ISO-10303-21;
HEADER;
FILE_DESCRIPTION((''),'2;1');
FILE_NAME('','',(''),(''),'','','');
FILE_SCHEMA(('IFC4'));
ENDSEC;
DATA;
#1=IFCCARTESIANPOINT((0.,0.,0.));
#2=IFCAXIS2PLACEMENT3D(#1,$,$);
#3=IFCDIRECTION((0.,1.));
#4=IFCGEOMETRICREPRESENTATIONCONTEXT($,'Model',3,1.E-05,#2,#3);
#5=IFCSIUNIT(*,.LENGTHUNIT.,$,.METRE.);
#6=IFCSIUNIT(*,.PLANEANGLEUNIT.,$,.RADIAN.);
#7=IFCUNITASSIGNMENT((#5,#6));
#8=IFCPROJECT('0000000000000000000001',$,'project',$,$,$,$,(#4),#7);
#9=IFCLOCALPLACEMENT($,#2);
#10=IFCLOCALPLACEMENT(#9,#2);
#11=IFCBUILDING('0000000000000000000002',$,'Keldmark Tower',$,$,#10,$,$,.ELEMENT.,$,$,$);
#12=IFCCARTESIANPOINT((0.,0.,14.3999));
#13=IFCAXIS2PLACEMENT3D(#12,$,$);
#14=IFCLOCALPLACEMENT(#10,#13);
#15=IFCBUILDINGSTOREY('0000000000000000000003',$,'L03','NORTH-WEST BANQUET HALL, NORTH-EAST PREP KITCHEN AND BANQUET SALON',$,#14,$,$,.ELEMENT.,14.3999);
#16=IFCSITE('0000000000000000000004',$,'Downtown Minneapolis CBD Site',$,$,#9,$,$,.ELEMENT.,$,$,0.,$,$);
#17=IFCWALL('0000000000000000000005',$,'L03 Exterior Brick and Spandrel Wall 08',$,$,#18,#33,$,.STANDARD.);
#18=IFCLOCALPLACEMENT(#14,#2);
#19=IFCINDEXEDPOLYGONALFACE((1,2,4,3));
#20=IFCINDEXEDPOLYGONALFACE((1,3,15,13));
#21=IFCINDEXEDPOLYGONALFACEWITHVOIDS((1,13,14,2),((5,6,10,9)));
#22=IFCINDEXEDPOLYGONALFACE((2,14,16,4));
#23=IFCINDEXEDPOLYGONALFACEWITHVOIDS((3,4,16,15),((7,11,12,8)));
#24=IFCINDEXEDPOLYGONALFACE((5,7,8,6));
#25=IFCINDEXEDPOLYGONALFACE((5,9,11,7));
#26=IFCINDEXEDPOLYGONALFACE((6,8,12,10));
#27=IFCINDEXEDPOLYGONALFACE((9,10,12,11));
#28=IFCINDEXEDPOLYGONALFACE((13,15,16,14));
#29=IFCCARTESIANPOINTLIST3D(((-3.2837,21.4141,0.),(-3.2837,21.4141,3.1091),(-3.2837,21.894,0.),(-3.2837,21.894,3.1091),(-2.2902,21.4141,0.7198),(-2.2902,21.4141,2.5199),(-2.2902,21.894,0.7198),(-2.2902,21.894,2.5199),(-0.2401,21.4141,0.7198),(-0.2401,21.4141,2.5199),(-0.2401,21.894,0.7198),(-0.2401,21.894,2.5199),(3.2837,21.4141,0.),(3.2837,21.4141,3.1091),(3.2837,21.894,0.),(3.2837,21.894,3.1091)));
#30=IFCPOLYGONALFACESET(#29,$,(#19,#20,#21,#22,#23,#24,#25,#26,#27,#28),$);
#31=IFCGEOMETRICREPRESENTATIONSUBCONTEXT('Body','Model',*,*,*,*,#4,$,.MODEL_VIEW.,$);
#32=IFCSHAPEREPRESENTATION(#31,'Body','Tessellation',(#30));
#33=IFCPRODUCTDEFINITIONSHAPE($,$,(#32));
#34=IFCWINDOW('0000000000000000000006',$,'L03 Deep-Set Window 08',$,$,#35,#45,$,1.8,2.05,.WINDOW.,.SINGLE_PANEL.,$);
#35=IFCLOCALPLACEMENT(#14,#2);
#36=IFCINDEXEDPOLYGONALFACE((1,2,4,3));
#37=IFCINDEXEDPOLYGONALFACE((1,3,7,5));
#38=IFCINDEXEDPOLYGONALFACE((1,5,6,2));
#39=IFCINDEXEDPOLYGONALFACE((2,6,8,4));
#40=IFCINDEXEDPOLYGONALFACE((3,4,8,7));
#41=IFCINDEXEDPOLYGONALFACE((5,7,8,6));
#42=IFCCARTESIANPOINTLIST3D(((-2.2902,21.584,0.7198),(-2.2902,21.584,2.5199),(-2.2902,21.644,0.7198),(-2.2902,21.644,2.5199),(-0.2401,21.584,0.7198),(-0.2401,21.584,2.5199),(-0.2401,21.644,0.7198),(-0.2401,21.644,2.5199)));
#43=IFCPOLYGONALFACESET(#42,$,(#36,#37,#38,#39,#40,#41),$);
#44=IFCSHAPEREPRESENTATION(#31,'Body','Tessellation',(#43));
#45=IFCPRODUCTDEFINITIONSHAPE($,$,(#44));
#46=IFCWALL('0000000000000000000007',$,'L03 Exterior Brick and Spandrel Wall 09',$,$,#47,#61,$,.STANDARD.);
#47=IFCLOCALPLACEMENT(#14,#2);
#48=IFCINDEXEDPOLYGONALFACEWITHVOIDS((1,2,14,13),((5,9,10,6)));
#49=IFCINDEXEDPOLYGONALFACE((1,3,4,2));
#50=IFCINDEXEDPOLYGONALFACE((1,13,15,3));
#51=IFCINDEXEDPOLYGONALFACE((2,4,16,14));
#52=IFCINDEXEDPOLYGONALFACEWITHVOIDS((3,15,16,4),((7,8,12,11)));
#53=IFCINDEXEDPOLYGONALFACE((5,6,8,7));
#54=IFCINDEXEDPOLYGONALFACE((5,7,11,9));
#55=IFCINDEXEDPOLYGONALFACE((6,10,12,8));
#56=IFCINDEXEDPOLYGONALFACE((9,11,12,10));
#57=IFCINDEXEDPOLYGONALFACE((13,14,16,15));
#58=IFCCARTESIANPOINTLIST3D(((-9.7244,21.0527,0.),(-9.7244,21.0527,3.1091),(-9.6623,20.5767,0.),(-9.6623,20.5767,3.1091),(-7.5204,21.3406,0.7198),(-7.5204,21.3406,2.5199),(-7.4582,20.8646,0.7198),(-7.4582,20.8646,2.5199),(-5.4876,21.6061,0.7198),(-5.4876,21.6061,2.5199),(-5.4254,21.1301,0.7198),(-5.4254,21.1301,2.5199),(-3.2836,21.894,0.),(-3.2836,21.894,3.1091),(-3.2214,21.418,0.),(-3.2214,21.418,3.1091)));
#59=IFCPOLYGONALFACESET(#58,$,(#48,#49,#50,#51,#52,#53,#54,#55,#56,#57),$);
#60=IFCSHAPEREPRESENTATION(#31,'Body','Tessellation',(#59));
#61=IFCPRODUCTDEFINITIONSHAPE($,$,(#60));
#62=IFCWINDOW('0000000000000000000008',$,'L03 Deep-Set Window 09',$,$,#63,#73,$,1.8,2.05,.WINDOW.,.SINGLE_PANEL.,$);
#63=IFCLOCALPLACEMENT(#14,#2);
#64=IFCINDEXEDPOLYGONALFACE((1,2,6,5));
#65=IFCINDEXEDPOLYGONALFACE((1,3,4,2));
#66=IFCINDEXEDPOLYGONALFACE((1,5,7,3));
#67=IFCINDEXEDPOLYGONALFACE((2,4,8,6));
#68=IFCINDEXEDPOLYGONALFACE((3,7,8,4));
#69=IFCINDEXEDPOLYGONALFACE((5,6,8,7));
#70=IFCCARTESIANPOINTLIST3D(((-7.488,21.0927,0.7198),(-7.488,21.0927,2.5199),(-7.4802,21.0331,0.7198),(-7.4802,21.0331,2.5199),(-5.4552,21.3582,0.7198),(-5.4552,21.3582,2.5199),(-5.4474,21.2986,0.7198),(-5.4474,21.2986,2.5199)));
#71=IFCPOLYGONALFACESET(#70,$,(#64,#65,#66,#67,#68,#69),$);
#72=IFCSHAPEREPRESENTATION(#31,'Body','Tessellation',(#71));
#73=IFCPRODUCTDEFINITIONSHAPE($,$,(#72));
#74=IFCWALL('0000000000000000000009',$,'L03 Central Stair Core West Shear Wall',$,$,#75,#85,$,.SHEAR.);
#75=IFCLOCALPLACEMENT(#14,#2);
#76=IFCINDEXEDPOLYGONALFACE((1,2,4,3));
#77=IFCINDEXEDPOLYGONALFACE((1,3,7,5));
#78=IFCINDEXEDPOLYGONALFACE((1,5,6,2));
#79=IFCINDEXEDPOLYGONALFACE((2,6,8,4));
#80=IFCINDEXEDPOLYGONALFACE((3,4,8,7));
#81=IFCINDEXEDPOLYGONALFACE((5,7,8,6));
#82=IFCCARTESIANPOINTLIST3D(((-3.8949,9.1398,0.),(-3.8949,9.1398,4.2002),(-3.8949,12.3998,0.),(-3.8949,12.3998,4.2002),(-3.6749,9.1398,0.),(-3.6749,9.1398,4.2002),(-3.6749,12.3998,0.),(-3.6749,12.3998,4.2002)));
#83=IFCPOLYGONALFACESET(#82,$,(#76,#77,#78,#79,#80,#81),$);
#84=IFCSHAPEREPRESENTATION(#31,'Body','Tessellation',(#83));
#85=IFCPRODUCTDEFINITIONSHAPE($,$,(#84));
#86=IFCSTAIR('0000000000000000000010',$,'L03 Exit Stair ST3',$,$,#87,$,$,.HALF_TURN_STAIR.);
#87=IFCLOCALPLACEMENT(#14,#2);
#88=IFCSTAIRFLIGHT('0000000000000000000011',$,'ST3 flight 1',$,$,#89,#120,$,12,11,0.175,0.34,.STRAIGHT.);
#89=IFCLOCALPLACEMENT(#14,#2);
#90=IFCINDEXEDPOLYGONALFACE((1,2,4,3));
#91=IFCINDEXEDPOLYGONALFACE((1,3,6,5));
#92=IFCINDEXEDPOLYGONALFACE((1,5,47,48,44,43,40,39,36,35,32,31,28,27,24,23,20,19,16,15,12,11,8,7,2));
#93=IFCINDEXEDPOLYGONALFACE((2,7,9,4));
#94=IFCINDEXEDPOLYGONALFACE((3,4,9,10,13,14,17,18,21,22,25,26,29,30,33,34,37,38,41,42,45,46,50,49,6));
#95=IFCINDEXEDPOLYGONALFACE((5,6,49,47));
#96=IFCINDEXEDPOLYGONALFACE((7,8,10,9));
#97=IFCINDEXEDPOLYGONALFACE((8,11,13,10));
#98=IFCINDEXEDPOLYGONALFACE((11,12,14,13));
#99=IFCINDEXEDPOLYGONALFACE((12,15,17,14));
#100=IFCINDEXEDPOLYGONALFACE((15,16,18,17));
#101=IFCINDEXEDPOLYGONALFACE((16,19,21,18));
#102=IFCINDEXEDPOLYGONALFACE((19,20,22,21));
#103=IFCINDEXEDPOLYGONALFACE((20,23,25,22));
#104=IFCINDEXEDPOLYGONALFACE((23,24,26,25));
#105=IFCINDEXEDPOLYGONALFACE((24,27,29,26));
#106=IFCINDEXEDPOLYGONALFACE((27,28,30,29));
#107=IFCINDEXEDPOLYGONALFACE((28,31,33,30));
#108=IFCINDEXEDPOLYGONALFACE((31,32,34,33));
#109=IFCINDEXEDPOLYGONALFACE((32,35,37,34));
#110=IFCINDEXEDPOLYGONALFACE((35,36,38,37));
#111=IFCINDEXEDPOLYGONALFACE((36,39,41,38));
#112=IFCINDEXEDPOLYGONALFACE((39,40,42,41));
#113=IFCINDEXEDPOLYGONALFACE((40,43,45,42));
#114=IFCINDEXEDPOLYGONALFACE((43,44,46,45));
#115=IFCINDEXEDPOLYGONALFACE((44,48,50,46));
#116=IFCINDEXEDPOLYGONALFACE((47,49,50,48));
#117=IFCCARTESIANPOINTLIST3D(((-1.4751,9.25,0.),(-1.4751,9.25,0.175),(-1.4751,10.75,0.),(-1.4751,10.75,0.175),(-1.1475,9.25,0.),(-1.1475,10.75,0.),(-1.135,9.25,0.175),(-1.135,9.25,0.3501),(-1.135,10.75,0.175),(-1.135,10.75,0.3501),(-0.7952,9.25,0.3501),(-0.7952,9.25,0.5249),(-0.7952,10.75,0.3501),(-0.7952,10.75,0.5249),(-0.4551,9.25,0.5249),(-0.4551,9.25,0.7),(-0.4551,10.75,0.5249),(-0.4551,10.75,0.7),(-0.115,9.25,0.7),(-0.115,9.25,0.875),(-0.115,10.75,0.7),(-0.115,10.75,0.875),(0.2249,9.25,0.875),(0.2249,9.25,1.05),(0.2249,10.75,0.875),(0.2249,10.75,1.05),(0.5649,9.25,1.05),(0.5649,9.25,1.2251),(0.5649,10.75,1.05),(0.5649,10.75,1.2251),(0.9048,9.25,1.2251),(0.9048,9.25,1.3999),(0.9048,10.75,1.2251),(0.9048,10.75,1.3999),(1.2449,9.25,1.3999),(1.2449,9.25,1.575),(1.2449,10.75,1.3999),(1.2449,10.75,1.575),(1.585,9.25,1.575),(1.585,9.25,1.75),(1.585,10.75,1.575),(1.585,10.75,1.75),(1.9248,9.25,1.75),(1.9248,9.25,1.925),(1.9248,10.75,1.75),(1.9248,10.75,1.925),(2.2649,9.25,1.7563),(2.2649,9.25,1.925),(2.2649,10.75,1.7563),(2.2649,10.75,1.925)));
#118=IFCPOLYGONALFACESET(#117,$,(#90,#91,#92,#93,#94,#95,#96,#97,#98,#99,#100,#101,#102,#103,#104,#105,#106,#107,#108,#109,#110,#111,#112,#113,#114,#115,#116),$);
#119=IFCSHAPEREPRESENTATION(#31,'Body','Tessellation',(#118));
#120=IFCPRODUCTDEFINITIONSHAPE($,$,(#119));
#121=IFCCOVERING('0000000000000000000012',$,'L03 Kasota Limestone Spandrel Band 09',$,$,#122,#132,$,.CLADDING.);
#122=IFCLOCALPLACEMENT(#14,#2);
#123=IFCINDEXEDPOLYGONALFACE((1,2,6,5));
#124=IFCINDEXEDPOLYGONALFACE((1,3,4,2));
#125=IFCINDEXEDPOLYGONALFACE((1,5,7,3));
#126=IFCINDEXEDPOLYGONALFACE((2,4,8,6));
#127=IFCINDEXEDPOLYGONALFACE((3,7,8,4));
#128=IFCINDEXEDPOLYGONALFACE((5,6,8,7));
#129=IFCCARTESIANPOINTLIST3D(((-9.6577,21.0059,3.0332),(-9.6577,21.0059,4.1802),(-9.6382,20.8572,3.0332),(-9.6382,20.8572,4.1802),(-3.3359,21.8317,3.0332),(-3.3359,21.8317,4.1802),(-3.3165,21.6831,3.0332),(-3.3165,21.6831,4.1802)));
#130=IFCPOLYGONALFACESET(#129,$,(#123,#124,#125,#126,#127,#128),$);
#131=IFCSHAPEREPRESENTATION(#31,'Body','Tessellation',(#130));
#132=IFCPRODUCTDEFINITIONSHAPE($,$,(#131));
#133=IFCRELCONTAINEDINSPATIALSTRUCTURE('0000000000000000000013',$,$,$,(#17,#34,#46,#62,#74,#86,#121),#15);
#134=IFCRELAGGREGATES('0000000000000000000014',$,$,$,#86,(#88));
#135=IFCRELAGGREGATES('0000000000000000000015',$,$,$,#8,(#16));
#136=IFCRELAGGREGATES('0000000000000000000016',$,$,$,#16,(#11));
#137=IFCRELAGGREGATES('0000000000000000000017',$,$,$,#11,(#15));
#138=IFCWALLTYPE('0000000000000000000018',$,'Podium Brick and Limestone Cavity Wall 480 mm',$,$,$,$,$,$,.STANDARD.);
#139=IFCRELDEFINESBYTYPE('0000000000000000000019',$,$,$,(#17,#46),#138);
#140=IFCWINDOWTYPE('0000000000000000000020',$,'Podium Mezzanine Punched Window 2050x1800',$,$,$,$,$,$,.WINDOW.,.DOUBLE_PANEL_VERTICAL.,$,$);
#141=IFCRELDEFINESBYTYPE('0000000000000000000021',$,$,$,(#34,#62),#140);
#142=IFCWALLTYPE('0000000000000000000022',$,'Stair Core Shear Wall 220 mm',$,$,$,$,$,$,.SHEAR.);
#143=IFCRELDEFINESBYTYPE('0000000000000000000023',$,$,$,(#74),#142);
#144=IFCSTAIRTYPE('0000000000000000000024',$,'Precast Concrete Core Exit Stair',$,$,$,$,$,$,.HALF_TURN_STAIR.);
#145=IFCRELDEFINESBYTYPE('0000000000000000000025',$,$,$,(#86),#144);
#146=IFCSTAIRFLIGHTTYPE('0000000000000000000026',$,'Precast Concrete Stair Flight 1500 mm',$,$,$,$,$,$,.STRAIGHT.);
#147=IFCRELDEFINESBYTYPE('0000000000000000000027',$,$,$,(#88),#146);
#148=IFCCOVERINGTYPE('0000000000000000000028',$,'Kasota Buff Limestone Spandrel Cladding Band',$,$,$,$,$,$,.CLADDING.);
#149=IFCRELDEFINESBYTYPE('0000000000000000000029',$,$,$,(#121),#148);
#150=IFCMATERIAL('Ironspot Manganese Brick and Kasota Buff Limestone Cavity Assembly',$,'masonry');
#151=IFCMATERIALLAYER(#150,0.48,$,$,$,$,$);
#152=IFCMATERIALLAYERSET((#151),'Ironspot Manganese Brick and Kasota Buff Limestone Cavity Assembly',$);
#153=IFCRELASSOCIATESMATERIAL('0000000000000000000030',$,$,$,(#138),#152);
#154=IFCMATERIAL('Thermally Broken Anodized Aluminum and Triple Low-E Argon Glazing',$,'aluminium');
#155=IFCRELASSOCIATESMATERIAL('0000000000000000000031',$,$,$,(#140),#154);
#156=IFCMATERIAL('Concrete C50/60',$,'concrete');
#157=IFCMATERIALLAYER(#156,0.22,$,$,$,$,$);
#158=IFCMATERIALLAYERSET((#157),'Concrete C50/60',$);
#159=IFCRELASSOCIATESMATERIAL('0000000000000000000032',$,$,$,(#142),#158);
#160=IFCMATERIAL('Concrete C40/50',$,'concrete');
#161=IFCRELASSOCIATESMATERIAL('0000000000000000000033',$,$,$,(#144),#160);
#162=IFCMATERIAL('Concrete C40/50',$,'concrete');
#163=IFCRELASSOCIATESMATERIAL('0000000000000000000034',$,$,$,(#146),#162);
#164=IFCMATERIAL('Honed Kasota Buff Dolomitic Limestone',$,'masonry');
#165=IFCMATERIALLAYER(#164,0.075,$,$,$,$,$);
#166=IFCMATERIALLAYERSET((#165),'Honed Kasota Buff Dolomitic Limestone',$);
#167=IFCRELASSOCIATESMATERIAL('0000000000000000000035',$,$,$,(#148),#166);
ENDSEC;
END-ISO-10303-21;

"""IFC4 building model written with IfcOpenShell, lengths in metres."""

from ifc_helpers import new_model, si_unit, direction, frame, frame_2d, origin, origin_2d, place, context, subcontext, project, spatial, polyline, rectangle, outline, extrude, material, layer, layer_set, type_object, element, fill, aggregate, save


model = new_model("IFC4")

# Units and contexts
model_context = context("Model", 3, precision=1e-05, world=origin(), true_north=direction((0.0, 1.0)))
body_context = subcontext(model_context, "Body", "Model", "MODEL_VIEW")
ifc_project = project(units=[si_unit("LENGTHUNIT", "METRE"), si_unit("PLANEANGLEUNIT", "RADIAN")], contexts=[model_context])

# Site, building, storey
site_placement = place(None, origin())
site = spatial("IfcSite", under=ifc_project, at=site_placement, Name="Downtown Minneapolis CBD Site", CompositionType="ELEMENT", RefElevation=0.0)
building_placement = place(site_placement, origin())
building = spatial("IfcBuilding", under=site, at=building_placement, Name="Keldmark Tower", CompositionType="ELEMENT")
storey_placement = place(building_placement, frame((0.0, 0.0, 14.3999)))
storey = spatial("IfcBuildingStorey", under=building, at=storey_placement, Name="L03", Description="NORTH-WEST BANQUET HALL, NORTH-EAST PREP KITCHEN AND BANQUET SALON", CompositionType="ELEMENT", Elevation=14.3999)

# Walls, openings, windows
ifc_material_1 = material(Name="Ironspot Manganese Brick and Kasota Buff Limestone Cavity Assembly", Category="masonry")
ifc_layer_1 = layer(ifc_material_1, 0.48)
ifc_layer_set_1 = layer_set([ifc_layer_1], Name="Ironspot Manganese Brick and Kasota Buff Limestone Cavity Assembly")
wall_type_1 = type_object("IfcWallType", Name="Podium Brick and Limestone Cavity Wall 480 mm", PredefinedType="STANDARD", material=ifc_layer_set_1)
wall_1_placement = place(storey_placement, frame((-3.2837, 21.6541, 0.0), z_axis=(0.0, 0.0, 1.0), x_axis=(1.0, 0.0, 0.0)))
wall_1 = element("IfcWall", 1, at=wall_1_placement, inside=storey, type_object=wall_type_1, Name="L03 Exterior Brick and Spandrel Wall 08", PredefinedType="STANDARD", context=body_context, shape_type="SweptSolid", body=[
    extrude(rectangle(XDim=6.5674, YDim=0.48, at=frame_2d((3.2837, 0.0))), origin(), (0.0, 0.0, 1.0), 3.1091),
])
opening_1_placement = place(wall_1_placement, frame((0.9937, 0.0, 0.72)))
opening_1 = element("IfcOpeningElement", 2, at=opening_1_placement, cuts=wall_1, PredefinedType="OPENING", context=body_context, shape_type="SweptSolid", body=[
    extrude(rectangle(XDim=2.05, YDim=1.8, at=frame_2d((1.0249, 0.8999))), frame((0.0, 0.25, 0.0), z_axis=(0.0, -1.0, 0.0), x_axis=(1.0, 0.0, 0.0)), (0.0, 0.0, 1.0), 0.5),
])
ifc_material_2 = material(Name="Thermally Broken Anodized Aluminum and Triple Low-E Argon Glazing", Category="aluminium")
window_type = type_object("IfcWindowType", Name="Podium Mezzanine Punched Window 2050x1800", PartitioningType="DOUBLE_PANEL_VERTICAL", PredefinedType="WINDOW", material=ifc_material_2)
window_1_placement = place(opening_1_placement, origin())
window_1 = element("IfcWindow", 3, at=window_1_placement, inside=storey, type_object=window_type, Name="L03 Deep-Set Window 08", OverallHeight=1.8, OverallWidth=2.05, PartitioningType="SINGLE_PANEL", PredefinedType="WINDOW", context=body_context, shape_type="SweptSolid", body=[
    extrude(rectangle(XDim=2.05, YDim=1.8, at=frame_2d((1.0249, 0.8999))), frame((0.0, -0.01, 0.0), z_axis=(0.0, -1.0, 0.0), x_axis=(1.0, 0.0, 0.0)), (0.0, 0.0, 1.0), 0.0601),
])
fill(opening_1, window_1)
wall_2_placement = place(storey_placement, frame((-9.6934, 20.8147, 0.0), z_axis=(0.0, 0.0, 1.0), x_axis=(0.991577, 0.129519, 0.0)))
wall_2 = element("IfcWall", 4, at=wall_2_placement, inside=storey, type_object=wall_type_1, Name="L03 Exterior Brick and Spandrel Wall 09", PredefinedType="STANDARD", context=body_context, shape_type="SweptSolid", body=[
    extrude(rectangle(XDim=6.4956, YDim=0.48, at=frame_2d((3.2478, 0.0))), origin(), (0.0, 0.0, 1.0), 3.1091),
])
opening_2_placement = place(wall_2_placement, frame((2.2229, 0.0, 0.72)))
opening_2 = element("IfcOpeningElement", 5, at=opening_2_placement, cuts=wall_2, PredefinedType="OPENING", context=body_context, shape_type="SweptSolid", body=[
    extrude(rectangle(XDim=2.05, YDim=1.8, at=frame_2d((1.0249, 0.8999))), frame((0.0, 0.25, 0.0), z_axis=(0.0, -1.0, 0.0), x_axis=(1.0, 0.0, 0.0)), (0.0, 0.0, 1.0), 0.5),
])
window_2_placement = place(opening_2_placement, origin())
window_2 = element("IfcWindow", 6, at=window_2_placement, inside=storey, type_object=window_type, Name="L03 Deep-Set Window 09", OverallHeight=1.8, OverallWidth=2.05, PartitioningType="SINGLE_PANEL", PredefinedType="WINDOW", context=body_context, shape_type="SweptSolid", body=[
    extrude(rectangle(XDim=2.05, YDim=1.8, at=frame_2d((1.0249, 0.8999))), frame((0.0, -0.01, 0.0), z_axis=(0.0, -1.0, 0.0), x_axis=(1.0, 0.0, 0.0)), (0.0, 0.0, 1.0), 0.0601),
])
fill(opening_2, window_2)

# Wall
ifc_material_3 = material(Name="Concrete C50/60", Category="concrete")
ifc_layer_2 = layer(ifc_material_3, 0.22)
ifc_layer_set_2 = layer_set([ifc_layer_2], Name="Concrete C50/60")
wall_type_2 = type_object("IfcWallType", Name="Stair Core Shear Wall 220 mm", PredefinedType="SHEAR", material=ifc_layer_set_2)
wall_3_placement = place(storey_placement, frame((-3.7849, 9.1399, 0.0), z_axis=(0.0, 0.0, 1.0), x_axis=(0.0, 1.0, 0.0)))
element("IfcWall", 7, at=wall_3_placement, inside=storey, type_object=wall_type_2, Name="L03 Central Stair Core West Shear Wall", PredefinedType="SHEAR", context=body_context, shape_type="SweptSolid", body=[
    extrude(rectangle(XDim=3.26, YDim=0.22, at=frame_2d((1.6299, 0.0))), origin(), (0.0, 0.0, 1.0), 4.2002),
])

# Stair, stair flight
ifc_material_4 = material(Name="Concrete C40/50", Category="concrete")
stair_type = type_object("IfcStairType", Name="Precast Concrete Core Exit Stair", PredefinedType="HALF_TURN_STAIR", material=ifc_material_4)
stair_placement = place(storey_placement, origin())
stair = element("IfcStair", 8, at=stair_placement, inside=storey, type_object=stair_type, Name="L03 Exit Stair ST3", PredefinedType="HALF_TURN_STAIR")
ifc_material_5 = material(Name="Concrete C40/50", Category="concrete")
stair_flight_type = type_object("IfcStairFlightType", Name="Precast Concrete Stair Flight 1500 mm", PredefinedType="STRAIGHT", material=ifc_material_5)
stair_flight_placement = place(storey_placement, frame((-1.4751, 10.0, 0.0), z_axis=(0.0, 0.0, 1.0), x_axis=(1.0, 0.0, 0.0)))
stair_flight = element("IfcStairFlight", 9, at=stair_flight_placement, type_object=stair_flight_type, Name="ST3 flight 1", NumberOfRisers=12, NumberOfTreads=11, PredefinedType="STRAIGHT", RiserHeight=0.175, TreadLength=0.34, context=body_context, shape_type="SweptSolid", body=[
    extrude(outline(polyline([(0.0, 0.0), (0.0, 0.175), (0.3401, 0.175), (0.3401, 0.3501), (0.6799, 0.3501), (0.6799, 0.5249), (1.02, 0.5249), (1.02, 0.7), (1.3601, 0.7), (1.3601, 0.875), (1.7, 0.875), (1.7, 1.05), (2.04, 1.05), (2.04, 1.2251), (2.3799, 1.2251), (2.3799, 1.3999), (2.72, 1.3999), (2.72, 1.575), (3.0601, 1.575), (3.0601, 1.75), (3.3999, 1.75), (3.3999, 1.925), (3.74, 1.925), (3.74, 2.1001), (3.74, 1.7563), (0.3276, 0.0), (0.0, 0.0)])), frame((0.0, 0.75, 0.0), z_axis=(0.0, -1.0, 0.0), x_axis=(1.0, 0.0, 0.0)), (0.0, 0.0, 1.0), 1.5),
])
aggregate(stair, [stair_flight])

# Covering
ifc_material_6 = material(Name="Honed Kasota Buff Dolomitic Limestone", Category="masonry")
ifc_layer_3 = layer(ifc_material_6, 0.075)
ifc_layer_set_3 = layer_set([ifc_layer_3], Name="Honed Kasota Buff Dolomitic Limestone")
covering_type = type_object("IfcCoveringType", Name="Kasota Buff Limestone Spandrel Cladding Band", PredefinedType="CLADDING", material=ifc_layer_set_3)
covering_placement = place(storey_placement, frame((-6.4871, 21.3445, 3.0332), z_axis=(0.0, 0.0, 1.0), x_axis=(-0.991574, -0.12954, 0.0)))
element("IfcCovering", 10, at=covering_placement, inside=storey, type_object=covering_type, Name="L03 Kasota Limestone Spandrel Band 09", PredefinedType="CLADDING", context=body_context, shape_type="SweptSolid", body=[
    extrude(rectangle(XDim=6.3755, YDim=0.1499, at=origin_2d()), origin(), (0.0, 0.0, 1.0), 1.147),
])

save(model, "model.ifc")
